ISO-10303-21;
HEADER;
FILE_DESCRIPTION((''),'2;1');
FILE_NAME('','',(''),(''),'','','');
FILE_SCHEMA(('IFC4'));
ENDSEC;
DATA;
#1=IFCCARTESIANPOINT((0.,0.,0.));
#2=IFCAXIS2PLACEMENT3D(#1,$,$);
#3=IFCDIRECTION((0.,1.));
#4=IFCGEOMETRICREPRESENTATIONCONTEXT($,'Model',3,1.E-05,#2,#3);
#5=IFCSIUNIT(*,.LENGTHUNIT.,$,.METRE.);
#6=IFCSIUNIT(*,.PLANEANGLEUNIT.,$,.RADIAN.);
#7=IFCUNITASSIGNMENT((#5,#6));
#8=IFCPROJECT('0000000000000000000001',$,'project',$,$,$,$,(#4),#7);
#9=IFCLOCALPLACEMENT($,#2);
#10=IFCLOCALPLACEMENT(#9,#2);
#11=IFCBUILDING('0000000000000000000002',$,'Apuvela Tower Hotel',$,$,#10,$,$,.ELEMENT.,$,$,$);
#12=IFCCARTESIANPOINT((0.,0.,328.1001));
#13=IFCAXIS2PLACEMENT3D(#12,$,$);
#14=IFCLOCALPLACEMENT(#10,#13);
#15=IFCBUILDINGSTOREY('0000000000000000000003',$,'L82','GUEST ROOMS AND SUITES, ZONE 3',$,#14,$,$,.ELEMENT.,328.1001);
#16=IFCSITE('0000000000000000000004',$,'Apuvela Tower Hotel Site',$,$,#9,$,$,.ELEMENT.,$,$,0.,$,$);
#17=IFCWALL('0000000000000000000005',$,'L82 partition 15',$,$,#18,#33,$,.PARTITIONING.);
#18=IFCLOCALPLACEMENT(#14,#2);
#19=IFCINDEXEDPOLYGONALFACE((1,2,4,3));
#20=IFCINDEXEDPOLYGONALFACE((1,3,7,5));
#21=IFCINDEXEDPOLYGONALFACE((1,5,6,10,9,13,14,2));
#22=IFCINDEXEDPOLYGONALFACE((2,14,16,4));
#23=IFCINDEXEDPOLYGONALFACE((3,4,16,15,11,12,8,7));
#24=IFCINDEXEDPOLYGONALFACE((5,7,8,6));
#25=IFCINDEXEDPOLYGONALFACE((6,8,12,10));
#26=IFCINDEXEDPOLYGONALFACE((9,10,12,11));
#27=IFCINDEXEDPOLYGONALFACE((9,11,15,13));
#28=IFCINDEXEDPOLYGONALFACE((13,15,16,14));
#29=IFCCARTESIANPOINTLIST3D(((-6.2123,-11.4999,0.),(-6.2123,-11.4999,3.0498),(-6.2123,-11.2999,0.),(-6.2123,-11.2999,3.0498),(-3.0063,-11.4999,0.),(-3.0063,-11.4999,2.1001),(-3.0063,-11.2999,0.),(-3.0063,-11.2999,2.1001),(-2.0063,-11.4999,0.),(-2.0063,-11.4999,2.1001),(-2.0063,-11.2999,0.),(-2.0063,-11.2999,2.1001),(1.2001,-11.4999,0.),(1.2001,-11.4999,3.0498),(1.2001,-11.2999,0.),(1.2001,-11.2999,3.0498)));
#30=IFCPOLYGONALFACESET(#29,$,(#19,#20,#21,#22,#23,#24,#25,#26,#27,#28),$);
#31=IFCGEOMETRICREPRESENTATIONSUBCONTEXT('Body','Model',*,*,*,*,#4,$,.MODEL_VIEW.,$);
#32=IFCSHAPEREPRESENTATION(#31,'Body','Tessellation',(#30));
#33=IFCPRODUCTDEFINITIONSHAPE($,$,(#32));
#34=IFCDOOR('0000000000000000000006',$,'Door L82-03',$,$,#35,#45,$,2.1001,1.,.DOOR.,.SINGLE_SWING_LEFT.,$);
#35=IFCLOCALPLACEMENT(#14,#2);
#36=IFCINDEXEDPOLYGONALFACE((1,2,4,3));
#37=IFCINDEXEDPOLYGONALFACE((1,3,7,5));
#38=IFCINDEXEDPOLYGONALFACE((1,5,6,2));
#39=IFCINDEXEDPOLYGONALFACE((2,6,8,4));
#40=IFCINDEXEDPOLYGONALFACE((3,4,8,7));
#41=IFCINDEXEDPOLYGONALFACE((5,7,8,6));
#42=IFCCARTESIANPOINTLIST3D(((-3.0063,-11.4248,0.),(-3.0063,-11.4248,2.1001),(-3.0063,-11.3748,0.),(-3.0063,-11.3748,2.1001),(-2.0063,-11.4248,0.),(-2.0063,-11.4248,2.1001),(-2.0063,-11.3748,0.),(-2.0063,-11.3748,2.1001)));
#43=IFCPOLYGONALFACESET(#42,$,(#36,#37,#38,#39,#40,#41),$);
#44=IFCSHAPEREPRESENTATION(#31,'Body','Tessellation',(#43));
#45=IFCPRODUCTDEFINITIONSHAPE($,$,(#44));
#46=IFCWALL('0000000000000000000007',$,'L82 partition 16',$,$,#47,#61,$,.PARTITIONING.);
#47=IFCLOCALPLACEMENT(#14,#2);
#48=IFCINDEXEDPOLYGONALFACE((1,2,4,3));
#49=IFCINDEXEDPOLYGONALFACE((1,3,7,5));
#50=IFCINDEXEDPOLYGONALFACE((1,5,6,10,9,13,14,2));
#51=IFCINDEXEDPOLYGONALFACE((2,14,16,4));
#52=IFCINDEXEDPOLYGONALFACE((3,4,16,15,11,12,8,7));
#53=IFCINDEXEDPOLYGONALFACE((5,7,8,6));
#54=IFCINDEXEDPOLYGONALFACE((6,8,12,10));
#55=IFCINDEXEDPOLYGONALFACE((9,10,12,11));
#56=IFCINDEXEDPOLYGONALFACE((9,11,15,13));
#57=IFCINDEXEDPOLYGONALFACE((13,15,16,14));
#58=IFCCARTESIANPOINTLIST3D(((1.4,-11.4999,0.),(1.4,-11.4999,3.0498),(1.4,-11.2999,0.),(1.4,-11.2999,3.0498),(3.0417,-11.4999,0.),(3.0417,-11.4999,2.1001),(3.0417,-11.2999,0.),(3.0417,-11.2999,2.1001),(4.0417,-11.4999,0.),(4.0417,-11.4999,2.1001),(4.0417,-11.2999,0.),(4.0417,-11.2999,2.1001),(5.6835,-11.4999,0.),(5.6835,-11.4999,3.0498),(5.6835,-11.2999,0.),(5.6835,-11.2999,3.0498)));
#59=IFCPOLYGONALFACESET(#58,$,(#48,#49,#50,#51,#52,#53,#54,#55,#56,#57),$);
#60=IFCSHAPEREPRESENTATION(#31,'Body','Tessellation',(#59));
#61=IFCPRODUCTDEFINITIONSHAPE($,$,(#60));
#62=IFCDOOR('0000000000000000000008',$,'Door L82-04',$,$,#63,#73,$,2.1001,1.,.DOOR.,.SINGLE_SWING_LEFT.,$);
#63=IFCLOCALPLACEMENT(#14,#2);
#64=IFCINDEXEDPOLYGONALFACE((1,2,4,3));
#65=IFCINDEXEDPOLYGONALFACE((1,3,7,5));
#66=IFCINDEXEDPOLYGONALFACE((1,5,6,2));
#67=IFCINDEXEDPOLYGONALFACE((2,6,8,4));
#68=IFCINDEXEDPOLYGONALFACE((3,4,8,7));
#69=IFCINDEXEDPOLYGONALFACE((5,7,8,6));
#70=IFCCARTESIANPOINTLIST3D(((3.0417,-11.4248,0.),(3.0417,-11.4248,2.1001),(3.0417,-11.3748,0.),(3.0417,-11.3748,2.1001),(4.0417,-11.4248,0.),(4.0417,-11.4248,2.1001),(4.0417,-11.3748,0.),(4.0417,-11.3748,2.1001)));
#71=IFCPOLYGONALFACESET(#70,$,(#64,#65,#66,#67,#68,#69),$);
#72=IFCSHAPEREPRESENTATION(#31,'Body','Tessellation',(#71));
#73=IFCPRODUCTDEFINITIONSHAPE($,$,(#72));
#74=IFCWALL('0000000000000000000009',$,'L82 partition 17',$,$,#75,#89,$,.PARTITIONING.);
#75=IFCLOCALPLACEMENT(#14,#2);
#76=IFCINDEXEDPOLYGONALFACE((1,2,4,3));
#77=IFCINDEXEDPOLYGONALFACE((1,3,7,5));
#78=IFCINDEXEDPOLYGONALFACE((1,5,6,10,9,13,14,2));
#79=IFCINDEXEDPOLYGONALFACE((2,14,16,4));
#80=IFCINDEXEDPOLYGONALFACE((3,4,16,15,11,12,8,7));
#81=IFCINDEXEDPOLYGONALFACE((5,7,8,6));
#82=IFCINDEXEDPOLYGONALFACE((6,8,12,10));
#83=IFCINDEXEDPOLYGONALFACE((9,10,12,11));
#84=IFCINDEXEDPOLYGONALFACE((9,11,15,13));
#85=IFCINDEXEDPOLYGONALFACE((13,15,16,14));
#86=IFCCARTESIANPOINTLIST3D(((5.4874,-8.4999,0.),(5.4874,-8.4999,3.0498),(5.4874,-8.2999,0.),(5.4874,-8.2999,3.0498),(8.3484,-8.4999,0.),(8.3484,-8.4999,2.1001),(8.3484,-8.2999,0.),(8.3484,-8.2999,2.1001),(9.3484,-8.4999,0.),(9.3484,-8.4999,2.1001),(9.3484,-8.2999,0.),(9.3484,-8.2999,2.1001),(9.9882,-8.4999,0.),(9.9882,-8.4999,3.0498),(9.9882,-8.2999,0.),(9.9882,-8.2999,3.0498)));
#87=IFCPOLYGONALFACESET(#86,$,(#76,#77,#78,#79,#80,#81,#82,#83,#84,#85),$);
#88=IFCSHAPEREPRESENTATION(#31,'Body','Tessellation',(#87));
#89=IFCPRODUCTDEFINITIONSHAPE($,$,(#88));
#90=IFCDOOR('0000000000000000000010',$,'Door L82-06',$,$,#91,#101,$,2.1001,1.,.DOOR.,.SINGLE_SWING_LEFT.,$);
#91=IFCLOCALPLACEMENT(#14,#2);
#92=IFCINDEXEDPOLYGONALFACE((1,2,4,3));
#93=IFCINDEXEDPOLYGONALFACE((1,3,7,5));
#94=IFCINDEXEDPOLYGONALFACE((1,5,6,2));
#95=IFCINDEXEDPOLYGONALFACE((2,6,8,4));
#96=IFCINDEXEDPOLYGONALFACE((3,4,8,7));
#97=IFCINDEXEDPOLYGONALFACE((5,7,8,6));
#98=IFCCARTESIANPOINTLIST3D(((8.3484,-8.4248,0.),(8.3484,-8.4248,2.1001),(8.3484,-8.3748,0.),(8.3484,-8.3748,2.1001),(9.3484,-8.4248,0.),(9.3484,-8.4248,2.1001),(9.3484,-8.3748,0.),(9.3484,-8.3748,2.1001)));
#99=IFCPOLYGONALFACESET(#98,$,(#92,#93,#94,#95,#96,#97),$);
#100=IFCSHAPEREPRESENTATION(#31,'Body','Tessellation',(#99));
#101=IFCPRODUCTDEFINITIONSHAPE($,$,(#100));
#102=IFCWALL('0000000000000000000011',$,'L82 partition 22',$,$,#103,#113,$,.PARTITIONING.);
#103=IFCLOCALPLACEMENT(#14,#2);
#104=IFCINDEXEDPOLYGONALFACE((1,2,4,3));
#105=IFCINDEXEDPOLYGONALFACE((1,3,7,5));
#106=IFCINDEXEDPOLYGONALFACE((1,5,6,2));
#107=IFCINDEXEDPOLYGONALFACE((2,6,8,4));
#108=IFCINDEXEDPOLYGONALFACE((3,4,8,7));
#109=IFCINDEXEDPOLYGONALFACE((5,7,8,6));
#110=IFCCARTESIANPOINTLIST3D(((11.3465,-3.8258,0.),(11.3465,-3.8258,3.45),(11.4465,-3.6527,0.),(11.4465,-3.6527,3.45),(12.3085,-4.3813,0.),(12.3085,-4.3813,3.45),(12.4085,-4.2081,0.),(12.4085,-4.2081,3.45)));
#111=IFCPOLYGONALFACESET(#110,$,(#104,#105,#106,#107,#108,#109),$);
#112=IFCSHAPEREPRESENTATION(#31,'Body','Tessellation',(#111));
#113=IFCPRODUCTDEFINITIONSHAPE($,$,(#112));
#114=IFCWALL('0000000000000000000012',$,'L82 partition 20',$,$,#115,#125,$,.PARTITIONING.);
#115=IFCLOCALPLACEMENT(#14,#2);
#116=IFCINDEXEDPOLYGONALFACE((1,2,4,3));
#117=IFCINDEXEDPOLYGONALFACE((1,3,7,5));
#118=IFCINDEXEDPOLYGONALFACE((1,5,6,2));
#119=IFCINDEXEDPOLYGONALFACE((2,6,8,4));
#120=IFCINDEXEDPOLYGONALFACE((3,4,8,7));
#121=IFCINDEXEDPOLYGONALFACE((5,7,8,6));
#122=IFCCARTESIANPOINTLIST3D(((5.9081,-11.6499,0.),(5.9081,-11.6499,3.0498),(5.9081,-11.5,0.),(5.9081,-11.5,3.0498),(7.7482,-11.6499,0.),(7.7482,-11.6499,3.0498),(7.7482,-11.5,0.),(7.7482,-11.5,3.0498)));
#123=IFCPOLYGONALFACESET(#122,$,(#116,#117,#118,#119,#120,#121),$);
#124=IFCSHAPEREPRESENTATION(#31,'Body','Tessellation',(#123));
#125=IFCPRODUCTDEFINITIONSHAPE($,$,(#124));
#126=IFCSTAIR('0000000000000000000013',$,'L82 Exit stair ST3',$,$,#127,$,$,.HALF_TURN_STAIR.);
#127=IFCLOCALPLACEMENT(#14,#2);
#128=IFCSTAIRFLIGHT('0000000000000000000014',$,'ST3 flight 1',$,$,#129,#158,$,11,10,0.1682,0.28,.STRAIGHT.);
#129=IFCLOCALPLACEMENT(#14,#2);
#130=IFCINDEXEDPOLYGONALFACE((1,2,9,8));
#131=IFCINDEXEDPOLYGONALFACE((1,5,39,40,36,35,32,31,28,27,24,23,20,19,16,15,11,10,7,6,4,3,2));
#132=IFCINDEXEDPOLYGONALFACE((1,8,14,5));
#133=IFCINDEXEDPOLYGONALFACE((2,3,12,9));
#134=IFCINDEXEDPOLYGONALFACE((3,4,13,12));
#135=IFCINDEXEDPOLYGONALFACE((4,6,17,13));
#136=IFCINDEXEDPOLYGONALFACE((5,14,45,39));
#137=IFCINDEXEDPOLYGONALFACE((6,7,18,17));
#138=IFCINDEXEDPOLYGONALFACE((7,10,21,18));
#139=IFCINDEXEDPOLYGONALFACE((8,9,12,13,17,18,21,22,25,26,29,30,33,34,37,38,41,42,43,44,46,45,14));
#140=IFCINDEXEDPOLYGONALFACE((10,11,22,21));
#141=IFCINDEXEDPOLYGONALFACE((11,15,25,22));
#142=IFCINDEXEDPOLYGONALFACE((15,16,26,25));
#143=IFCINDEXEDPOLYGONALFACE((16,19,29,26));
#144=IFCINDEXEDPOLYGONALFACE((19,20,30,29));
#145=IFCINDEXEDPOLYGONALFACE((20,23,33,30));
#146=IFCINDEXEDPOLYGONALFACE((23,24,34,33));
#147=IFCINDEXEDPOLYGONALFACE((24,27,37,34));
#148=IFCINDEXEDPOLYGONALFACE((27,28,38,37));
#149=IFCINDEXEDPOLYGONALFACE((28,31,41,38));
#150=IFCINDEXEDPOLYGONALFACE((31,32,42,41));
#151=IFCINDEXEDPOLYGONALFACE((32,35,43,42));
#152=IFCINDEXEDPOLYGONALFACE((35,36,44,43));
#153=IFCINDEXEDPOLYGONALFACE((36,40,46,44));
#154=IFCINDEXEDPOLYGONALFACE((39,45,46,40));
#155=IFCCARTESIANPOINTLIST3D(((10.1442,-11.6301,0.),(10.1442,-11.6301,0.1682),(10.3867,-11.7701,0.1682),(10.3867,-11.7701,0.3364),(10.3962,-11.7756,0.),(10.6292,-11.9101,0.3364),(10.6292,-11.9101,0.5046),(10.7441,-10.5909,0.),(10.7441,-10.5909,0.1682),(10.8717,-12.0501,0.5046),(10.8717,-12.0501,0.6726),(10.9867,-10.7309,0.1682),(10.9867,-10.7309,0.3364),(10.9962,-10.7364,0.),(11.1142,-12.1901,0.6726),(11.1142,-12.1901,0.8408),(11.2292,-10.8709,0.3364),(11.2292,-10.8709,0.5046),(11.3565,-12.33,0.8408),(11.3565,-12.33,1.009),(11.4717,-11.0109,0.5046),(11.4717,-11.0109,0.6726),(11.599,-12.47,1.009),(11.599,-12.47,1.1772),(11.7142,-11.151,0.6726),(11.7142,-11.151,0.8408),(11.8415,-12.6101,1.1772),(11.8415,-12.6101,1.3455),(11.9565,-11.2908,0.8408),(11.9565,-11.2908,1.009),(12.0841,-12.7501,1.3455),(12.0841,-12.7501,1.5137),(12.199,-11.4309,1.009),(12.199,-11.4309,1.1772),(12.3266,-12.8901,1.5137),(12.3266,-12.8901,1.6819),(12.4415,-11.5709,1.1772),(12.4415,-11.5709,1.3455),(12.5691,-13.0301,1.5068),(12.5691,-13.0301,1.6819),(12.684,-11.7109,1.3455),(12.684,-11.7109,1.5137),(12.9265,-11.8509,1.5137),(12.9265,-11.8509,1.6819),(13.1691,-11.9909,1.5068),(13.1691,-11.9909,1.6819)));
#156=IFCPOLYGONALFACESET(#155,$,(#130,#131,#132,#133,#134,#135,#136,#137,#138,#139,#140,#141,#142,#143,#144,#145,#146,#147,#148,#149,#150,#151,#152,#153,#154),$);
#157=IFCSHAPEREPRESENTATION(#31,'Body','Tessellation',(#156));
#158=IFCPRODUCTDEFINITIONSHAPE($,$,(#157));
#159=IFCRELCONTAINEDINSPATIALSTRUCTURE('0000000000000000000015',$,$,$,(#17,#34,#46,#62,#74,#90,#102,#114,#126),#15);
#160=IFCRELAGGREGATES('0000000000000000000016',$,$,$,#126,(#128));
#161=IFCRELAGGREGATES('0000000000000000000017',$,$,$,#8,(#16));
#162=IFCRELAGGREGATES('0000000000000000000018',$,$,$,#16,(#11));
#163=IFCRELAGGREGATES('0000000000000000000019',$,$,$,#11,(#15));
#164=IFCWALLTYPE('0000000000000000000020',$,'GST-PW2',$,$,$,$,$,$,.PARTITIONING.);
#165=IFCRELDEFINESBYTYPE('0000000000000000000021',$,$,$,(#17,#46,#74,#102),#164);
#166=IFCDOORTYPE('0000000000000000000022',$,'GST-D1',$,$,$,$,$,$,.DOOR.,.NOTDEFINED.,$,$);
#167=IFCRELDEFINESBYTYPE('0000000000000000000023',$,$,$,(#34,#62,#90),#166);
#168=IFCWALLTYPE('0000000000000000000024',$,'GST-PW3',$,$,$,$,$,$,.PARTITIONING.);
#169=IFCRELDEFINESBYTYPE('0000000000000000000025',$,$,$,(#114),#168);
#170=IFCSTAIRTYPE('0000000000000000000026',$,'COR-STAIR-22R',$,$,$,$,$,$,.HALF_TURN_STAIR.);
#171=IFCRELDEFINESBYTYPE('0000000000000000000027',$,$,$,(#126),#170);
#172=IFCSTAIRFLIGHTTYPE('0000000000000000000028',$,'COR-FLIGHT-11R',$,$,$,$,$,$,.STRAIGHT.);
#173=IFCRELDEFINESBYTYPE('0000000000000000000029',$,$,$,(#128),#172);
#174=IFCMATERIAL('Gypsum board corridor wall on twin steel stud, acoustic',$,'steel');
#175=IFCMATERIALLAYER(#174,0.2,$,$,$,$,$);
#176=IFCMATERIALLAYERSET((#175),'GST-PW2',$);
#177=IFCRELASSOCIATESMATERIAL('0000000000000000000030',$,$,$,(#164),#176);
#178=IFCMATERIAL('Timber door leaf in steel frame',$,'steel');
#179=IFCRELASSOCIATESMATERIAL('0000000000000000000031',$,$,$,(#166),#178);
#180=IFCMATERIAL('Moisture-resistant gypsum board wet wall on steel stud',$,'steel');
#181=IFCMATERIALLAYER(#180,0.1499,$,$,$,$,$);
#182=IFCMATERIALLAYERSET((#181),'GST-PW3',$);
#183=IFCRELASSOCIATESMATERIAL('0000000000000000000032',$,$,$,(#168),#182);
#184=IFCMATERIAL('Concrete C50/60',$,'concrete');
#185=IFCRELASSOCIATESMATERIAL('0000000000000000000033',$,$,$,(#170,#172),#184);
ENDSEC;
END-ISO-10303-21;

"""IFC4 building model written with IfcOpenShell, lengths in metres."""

from ifc_helpers import new_model, si_unit, direction, frame, frame_2d, origin, place, context, subcontext, project, spatial, polyline, rectangle, outline, extrude, material, layer, layer_set, type_object, element, fill, aggregate, save


model = new_model("IFC4")

# Units and contexts
model_context = context("Model", 3, precision=1e-05, world=origin(), true_north=direction((0.0, 1.0)))
body_context = subcontext(model_context, "Body", "Model", "MODEL_VIEW")
ifc_project = project(units=[si_unit("LENGTHUNIT", "METRE"), si_unit("PLANEANGLEUNIT", "RADIAN")], contexts=[model_context])

# Site, building, storey
site_placement = place(None, origin())
site = spatial("IfcSite", under=ifc_project, at=site_placement, Name="Apuvela Tower Hotel Site", CompositionType="ELEMENT", RefElevation=0.0)
building_placement = place(site_placement, origin())
building = spatial("IfcBuilding", under=site, at=building_placement, Name="Apuvela Tower Hotel", CompositionType="ELEMENT")
storey_placement = place(building_placement, frame((0.0, 0.0, 328.1001)))
storey = spatial("IfcBuildingStorey", under=building, at=storey_placement, Name="L82", Description="GUEST ROOMS AND SUITES, ZONE 3", CompositionType="ELEMENT", Elevation=328.1001)

# Shared definitions
ifc_material_1 = material(Name="Concrete C50/60", Category="concrete")

# Walls, openings, doors
ifc_material_2 = material(Name="Gypsum board corridor wall on twin steel stud, acoustic", Category="steel")
ifc_layer_1 = layer(ifc_material_2, 0.2)
ifc_layer_set_1 = layer_set([ifc_layer_1], Name="GST-PW2")
wall_type_1 = type_object("IfcWallType", Name="GST-PW2", PredefinedType="PARTITIONING", material=ifc_layer_set_1)
wall_1_placement = place(storey_placement, frame((1.2, -11.3999, 0.0), z_axis=(0.0, 0.0, 1.0), x_axis=(-1.0, 0.0, 0.0)))
wall_1 = element("IfcWall", 1, at=wall_1_placement, inside=storey, type_object=wall_type_1, Name="L82 partition 15", PredefinedType="PARTITIONING", context=body_context, shape_type="SweptSolid", body=[
    extrude(rectangle(XDim=7.4124, YDim=0.2, at=frame_2d((3.7061, 0.0))), origin(), (0.0, 0.0, 1.0), 3.0498),
])
opening_1_placement = place(wall_1_placement, frame((3.2063, 0.0, 0.0)))
opening_1 = element("IfcOpeningElement", 2, at=opening_1_placement, cuts=wall_1, PredefinedType="OPENING", context=body_context, shape_type="SweptSolid", body=[
    extrude(rectangle(XDim=1.0, YDim=2.1001, at=frame_2d((0.5, 1.05))), frame((0.0, 0.1099, 0.0), z_axis=(0.0, -1.0, 0.0), x_axis=(1.0, 0.0, 0.0)), (0.0, 0.0, 1.0), 0.22),
])
ifc_material_3 = material(Name="Timber door leaf in steel frame", Category="steel")
door_type_1 = type_object("IfcDoorType", Name="GST-D1", OperationType="NOTDEFINED", PredefinedType="DOOR", material=ifc_material_3)
door_1_placement = place(opening_1_placement, origin())
door_1 = element("IfcDoor", 3, at=door_1_placement, inside=storey, type_object=door_type_1, Name="Door L82-03", OperationType="SINGLE_SWING_LEFT", OverallHeight=2.1001, OverallWidth=1.0, PredefinedType="DOOR", context=body_context, shape_type="SweptSolid", body=[
    extrude(rectangle(XDim=1.0, YDim=2.1001, at=frame_2d((0.5, 1.05))), frame((0.0, 0.0249, 0.0), z_axis=(0.0, -1.0, 0.0), x_axis=(1.0, 0.0, 0.0)), (0.0, 0.0, 1.0), 0.05),
])
fill(opening_1, door_1)
wall_2_placement = place(storey_placement, frame((5.6833, -11.3999, 0.0), z_axis=(0.0, 0.0, 1.0), x_axis=(-1.0, 0.0, 0.0)))
wall_2 = element("IfcWall", 4, at=wall_2_placement, inside=storey, type_object=wall_type_1, Name="L82 partition 16", PredefinedType="PARTITIONING", context=body_context, shape_type="SweptSolid", body=[
    extrude(rectangle(XDim=4.2834, YDim=0.2, at=frame_2d((2.1416, 0.0))), origin(), (0.0, 0.0, 1.0), 3.0498),
])
opening_2_placement = place(wall_2_placement, frame((1.6416, 0.0, 0.0)))
opening_2 = element("IfcOpeningElement", 5, at=opening_2_placement, cuts=wall_2, PredefinedType="OPENING", context=body_context, shape_type="SweptSolid", body=[
    extrude(rectangle(XDim=1.0, YDim=2.1001, at=frame_2d((0.5, 1.05))), frame((0.0, 0.1099, 0.0), z_axis=(0.0, -1.0, 0.0), x_axis=(1.0, 0.0, 0.0)), (0.0, 0.0, 1.0), 0.22),
])
door_2_placement = place(opening_2_placement, origin())
door_2 = element("IfcDoor", 6, at=door_2_placement, inside=storey, type_object=door_type_1, Name="Door L82-04", OperationType="SINGLE_SWING_LEFT", OverallHeight=2.1001, OverallWidth=1.0, PredefinedType="DOOR", context=body_context, shape_type="SweptSolid", body=[
    extrude(rectangle(XDim=1.0, YDim=2.1001, at=frame_2d((0.5, 1.05))), frame((0.0, 0.0249, 0.0), z_axis=(0.0, -1.0, 0.0), x_axis=(1.0, 0.0, 0.0)), (0.0, 0.0, 1.0), 0.05),
])
fill(opening_2, door_2)
wall_3_placement = place(storey_placement, frame((9.9883, -8.3999, 0.0), z_axis=(0.0, 0.0, 1.0), x_axis=(-1.0, 0.0, 0.0)))
wall_3 = element("IfcWall", 7, at=wall_3_placement, inside=storey, type_object=wall_type_1, Name="L82 partition 17", PredefinedType="PARTITIONING", context=body_context, shape_type="SweptSolid", body=[
    extrude(rectangle(XDim=4.5007, YDim=0.2, at=frame_2d((2.2505, 0.0))), origin(), (0.0, 0.0, 1.0), 3.0498),
])
opening_3_placement = place(wall_3_placement, frame((0.6399, 0.0, 0.0)))
opening_3 = element("IfcOpeningElement", 8, at=opening_3_placement, cuts=wall_3, PredefinedType="OPENING", context=body_context, shape_type="SweptSolid", body=[
    extrude(rectangle(XDim=1.0, YDim=2.1001, at=frame_2d((0.5, 1.05))), frame((0.0, 0.1099, 0.0), z_axis=(0.0, -1.0, 0.0), x_axis=(1.0, 0.0, 0.0)), (0.0, 0.0, 1.0), 0.22),
])
door_3_placement = place(opening_3_placement, origin())
door_3 = element("IfcDoor", 9, at=door_3_placement, inside=storey, type_object=door_type_1, Name="Door L82-06", OperationType="SINGLE_SWING_LEFT", OverallHeight=2.1001, OverallWidth=1.0, PredefinedType="DOOR", context=body_context, shape_type="SweptSolid", body=[
    extrude(rectangle(XDim=1.0, YDim=2.1001, at=frame_2d((0.5, 1.05))), frame((0.0, 0.0249, 0.0), z_axis=(0.0, -1.0, 0.0), x_axis=(1.0, 0.0, 0.0)), (0.0, 0.0, 1.0), 0.05),
])
fill(opening_3, door_3)

# Walls
wall_4_placement = place(storey_placement, frame((11.3965, -3.7393, 0.0), z_axis=(0.0, 0.0, 1.0), x_axis=(0.866003, -0.50004, 0.0)))
element("IfcWall", 10, at=wall_4_placement, inside=storey, type_object=wall_type_1, Name="L82 partition 22", PredefinedType="PARTITIONING", context=body_context, shape_type="SweptSolid", body=[
    extrude(rectangle(XDim=1.1108, YDim=0.2, at=frame_2d((0.5554, 0.0))), origin(), (0.0, 0.0, 1.0), 3.45),
])
ifc_material_4 = material(Name="Moisture-resistant gypsum board wet wall on steel stud", Category="steel")
ifc_layer_2 = layer(ifc_material_4, 0.1499)
ifc_layer_set_2 = layer_set([ifc_layer_2], Name="GST-PW3")
wall_type_2 = type_object("IfcWallType", Name="GST-PW3", PredefinedType="PARTITIONING", material=ifc_layer_set_2)
wall_5_placement = place(storey_placement, frame((5.9082, -11.575, 0.0), z_axis=(0.0, 0.0, 1.0), x_axis=(1.0, 0.0, 0.0)))
element("IfcWall", 11, at=wall_5_placement, inside=storey, type_object=wall_type_2, Name="L82 partition 20", PredefinedType="PARTITIONING", context=body_context, shape_type="SweptSolid", body=[
    extrude(rectangle(XDim=1.8401, YDim=0.1499, at=frame_2d((0.9199, 0.0))), origin(), (0.0, 0.0, 1.0), 3.0498),
])

# Stair, stair flight
stair_type = type_object("IfcStairType", Name="COR-STAIR-22R", PredefinedType="HALF_TURN_STAIR", material=ifc_material_1)
stair_placement = place(storey_placement, origin())
stair = element("IfcStair", 12, at=stair_placement, inside=storey, type_object=stair_type, Name="L82 Exit stair ST3", PredefinedType="HALF_TURN_STAIR")
stair_flight_type = type_object("IfcStairFlightType", Name="COR-FLIGHT-11R", PredefinedType="STRAIGHT", material=ifc_material_1)
stair_flight_placement = place(storey_placement, frame((10.4441, -11.1106, 0.0), z_axis=(0.0, 0.0, 1.0), x_axis=(0.866025, -0.5, 0.0)))
stair_flight = element("IfcStairFlight", 13, at=stair_flight_placement, type_object=stair_flight_type, Name="ST3 flight 1", NumberOfRisers=11, NumberOfTreads=10, PredefinedType="STRAIGHT", RiserHeight=0.1682, TreadLength=0.28, context=body_context, shape_type="SweptSolid", body=[
    extrude(outline(polyline([(0.0, 0.0), (0.0, 0.1682), (0.28, 0.1682), (0.28, 0.3364), (0.5601, 0.3364), (0.5601, 0.5046), (0.8401, 0.5046), (0.8401, 0.6726), (1.1201, 0.6726), (1.1201, 0.8408), (1.3999, 0.8408), (1.3999, 1.009), (1.6799, 1.009), (1.6799, 1.1772), (1.96, 1.1772), (1.96, 1.3455), (2.24, 1.3455), (2.24, 1.5137), (2.52, 1.5137), (2.52, 1.6819), (2.8, 1.6819), (2.8, 1.8501), (2.8, 1.5068), (0.291, 0.0), (0.0, 0.0)])), frame((0.0, 0.6001, 0.0), z_axis=(0.0, -1.0, 0.0), x_axis=(1.0, 0.0, 0.0)), (0.0, 0.0, 1.0), 1.2),
])
aggregate(stair, [stair_flight])

save(model, "model.ifc")
